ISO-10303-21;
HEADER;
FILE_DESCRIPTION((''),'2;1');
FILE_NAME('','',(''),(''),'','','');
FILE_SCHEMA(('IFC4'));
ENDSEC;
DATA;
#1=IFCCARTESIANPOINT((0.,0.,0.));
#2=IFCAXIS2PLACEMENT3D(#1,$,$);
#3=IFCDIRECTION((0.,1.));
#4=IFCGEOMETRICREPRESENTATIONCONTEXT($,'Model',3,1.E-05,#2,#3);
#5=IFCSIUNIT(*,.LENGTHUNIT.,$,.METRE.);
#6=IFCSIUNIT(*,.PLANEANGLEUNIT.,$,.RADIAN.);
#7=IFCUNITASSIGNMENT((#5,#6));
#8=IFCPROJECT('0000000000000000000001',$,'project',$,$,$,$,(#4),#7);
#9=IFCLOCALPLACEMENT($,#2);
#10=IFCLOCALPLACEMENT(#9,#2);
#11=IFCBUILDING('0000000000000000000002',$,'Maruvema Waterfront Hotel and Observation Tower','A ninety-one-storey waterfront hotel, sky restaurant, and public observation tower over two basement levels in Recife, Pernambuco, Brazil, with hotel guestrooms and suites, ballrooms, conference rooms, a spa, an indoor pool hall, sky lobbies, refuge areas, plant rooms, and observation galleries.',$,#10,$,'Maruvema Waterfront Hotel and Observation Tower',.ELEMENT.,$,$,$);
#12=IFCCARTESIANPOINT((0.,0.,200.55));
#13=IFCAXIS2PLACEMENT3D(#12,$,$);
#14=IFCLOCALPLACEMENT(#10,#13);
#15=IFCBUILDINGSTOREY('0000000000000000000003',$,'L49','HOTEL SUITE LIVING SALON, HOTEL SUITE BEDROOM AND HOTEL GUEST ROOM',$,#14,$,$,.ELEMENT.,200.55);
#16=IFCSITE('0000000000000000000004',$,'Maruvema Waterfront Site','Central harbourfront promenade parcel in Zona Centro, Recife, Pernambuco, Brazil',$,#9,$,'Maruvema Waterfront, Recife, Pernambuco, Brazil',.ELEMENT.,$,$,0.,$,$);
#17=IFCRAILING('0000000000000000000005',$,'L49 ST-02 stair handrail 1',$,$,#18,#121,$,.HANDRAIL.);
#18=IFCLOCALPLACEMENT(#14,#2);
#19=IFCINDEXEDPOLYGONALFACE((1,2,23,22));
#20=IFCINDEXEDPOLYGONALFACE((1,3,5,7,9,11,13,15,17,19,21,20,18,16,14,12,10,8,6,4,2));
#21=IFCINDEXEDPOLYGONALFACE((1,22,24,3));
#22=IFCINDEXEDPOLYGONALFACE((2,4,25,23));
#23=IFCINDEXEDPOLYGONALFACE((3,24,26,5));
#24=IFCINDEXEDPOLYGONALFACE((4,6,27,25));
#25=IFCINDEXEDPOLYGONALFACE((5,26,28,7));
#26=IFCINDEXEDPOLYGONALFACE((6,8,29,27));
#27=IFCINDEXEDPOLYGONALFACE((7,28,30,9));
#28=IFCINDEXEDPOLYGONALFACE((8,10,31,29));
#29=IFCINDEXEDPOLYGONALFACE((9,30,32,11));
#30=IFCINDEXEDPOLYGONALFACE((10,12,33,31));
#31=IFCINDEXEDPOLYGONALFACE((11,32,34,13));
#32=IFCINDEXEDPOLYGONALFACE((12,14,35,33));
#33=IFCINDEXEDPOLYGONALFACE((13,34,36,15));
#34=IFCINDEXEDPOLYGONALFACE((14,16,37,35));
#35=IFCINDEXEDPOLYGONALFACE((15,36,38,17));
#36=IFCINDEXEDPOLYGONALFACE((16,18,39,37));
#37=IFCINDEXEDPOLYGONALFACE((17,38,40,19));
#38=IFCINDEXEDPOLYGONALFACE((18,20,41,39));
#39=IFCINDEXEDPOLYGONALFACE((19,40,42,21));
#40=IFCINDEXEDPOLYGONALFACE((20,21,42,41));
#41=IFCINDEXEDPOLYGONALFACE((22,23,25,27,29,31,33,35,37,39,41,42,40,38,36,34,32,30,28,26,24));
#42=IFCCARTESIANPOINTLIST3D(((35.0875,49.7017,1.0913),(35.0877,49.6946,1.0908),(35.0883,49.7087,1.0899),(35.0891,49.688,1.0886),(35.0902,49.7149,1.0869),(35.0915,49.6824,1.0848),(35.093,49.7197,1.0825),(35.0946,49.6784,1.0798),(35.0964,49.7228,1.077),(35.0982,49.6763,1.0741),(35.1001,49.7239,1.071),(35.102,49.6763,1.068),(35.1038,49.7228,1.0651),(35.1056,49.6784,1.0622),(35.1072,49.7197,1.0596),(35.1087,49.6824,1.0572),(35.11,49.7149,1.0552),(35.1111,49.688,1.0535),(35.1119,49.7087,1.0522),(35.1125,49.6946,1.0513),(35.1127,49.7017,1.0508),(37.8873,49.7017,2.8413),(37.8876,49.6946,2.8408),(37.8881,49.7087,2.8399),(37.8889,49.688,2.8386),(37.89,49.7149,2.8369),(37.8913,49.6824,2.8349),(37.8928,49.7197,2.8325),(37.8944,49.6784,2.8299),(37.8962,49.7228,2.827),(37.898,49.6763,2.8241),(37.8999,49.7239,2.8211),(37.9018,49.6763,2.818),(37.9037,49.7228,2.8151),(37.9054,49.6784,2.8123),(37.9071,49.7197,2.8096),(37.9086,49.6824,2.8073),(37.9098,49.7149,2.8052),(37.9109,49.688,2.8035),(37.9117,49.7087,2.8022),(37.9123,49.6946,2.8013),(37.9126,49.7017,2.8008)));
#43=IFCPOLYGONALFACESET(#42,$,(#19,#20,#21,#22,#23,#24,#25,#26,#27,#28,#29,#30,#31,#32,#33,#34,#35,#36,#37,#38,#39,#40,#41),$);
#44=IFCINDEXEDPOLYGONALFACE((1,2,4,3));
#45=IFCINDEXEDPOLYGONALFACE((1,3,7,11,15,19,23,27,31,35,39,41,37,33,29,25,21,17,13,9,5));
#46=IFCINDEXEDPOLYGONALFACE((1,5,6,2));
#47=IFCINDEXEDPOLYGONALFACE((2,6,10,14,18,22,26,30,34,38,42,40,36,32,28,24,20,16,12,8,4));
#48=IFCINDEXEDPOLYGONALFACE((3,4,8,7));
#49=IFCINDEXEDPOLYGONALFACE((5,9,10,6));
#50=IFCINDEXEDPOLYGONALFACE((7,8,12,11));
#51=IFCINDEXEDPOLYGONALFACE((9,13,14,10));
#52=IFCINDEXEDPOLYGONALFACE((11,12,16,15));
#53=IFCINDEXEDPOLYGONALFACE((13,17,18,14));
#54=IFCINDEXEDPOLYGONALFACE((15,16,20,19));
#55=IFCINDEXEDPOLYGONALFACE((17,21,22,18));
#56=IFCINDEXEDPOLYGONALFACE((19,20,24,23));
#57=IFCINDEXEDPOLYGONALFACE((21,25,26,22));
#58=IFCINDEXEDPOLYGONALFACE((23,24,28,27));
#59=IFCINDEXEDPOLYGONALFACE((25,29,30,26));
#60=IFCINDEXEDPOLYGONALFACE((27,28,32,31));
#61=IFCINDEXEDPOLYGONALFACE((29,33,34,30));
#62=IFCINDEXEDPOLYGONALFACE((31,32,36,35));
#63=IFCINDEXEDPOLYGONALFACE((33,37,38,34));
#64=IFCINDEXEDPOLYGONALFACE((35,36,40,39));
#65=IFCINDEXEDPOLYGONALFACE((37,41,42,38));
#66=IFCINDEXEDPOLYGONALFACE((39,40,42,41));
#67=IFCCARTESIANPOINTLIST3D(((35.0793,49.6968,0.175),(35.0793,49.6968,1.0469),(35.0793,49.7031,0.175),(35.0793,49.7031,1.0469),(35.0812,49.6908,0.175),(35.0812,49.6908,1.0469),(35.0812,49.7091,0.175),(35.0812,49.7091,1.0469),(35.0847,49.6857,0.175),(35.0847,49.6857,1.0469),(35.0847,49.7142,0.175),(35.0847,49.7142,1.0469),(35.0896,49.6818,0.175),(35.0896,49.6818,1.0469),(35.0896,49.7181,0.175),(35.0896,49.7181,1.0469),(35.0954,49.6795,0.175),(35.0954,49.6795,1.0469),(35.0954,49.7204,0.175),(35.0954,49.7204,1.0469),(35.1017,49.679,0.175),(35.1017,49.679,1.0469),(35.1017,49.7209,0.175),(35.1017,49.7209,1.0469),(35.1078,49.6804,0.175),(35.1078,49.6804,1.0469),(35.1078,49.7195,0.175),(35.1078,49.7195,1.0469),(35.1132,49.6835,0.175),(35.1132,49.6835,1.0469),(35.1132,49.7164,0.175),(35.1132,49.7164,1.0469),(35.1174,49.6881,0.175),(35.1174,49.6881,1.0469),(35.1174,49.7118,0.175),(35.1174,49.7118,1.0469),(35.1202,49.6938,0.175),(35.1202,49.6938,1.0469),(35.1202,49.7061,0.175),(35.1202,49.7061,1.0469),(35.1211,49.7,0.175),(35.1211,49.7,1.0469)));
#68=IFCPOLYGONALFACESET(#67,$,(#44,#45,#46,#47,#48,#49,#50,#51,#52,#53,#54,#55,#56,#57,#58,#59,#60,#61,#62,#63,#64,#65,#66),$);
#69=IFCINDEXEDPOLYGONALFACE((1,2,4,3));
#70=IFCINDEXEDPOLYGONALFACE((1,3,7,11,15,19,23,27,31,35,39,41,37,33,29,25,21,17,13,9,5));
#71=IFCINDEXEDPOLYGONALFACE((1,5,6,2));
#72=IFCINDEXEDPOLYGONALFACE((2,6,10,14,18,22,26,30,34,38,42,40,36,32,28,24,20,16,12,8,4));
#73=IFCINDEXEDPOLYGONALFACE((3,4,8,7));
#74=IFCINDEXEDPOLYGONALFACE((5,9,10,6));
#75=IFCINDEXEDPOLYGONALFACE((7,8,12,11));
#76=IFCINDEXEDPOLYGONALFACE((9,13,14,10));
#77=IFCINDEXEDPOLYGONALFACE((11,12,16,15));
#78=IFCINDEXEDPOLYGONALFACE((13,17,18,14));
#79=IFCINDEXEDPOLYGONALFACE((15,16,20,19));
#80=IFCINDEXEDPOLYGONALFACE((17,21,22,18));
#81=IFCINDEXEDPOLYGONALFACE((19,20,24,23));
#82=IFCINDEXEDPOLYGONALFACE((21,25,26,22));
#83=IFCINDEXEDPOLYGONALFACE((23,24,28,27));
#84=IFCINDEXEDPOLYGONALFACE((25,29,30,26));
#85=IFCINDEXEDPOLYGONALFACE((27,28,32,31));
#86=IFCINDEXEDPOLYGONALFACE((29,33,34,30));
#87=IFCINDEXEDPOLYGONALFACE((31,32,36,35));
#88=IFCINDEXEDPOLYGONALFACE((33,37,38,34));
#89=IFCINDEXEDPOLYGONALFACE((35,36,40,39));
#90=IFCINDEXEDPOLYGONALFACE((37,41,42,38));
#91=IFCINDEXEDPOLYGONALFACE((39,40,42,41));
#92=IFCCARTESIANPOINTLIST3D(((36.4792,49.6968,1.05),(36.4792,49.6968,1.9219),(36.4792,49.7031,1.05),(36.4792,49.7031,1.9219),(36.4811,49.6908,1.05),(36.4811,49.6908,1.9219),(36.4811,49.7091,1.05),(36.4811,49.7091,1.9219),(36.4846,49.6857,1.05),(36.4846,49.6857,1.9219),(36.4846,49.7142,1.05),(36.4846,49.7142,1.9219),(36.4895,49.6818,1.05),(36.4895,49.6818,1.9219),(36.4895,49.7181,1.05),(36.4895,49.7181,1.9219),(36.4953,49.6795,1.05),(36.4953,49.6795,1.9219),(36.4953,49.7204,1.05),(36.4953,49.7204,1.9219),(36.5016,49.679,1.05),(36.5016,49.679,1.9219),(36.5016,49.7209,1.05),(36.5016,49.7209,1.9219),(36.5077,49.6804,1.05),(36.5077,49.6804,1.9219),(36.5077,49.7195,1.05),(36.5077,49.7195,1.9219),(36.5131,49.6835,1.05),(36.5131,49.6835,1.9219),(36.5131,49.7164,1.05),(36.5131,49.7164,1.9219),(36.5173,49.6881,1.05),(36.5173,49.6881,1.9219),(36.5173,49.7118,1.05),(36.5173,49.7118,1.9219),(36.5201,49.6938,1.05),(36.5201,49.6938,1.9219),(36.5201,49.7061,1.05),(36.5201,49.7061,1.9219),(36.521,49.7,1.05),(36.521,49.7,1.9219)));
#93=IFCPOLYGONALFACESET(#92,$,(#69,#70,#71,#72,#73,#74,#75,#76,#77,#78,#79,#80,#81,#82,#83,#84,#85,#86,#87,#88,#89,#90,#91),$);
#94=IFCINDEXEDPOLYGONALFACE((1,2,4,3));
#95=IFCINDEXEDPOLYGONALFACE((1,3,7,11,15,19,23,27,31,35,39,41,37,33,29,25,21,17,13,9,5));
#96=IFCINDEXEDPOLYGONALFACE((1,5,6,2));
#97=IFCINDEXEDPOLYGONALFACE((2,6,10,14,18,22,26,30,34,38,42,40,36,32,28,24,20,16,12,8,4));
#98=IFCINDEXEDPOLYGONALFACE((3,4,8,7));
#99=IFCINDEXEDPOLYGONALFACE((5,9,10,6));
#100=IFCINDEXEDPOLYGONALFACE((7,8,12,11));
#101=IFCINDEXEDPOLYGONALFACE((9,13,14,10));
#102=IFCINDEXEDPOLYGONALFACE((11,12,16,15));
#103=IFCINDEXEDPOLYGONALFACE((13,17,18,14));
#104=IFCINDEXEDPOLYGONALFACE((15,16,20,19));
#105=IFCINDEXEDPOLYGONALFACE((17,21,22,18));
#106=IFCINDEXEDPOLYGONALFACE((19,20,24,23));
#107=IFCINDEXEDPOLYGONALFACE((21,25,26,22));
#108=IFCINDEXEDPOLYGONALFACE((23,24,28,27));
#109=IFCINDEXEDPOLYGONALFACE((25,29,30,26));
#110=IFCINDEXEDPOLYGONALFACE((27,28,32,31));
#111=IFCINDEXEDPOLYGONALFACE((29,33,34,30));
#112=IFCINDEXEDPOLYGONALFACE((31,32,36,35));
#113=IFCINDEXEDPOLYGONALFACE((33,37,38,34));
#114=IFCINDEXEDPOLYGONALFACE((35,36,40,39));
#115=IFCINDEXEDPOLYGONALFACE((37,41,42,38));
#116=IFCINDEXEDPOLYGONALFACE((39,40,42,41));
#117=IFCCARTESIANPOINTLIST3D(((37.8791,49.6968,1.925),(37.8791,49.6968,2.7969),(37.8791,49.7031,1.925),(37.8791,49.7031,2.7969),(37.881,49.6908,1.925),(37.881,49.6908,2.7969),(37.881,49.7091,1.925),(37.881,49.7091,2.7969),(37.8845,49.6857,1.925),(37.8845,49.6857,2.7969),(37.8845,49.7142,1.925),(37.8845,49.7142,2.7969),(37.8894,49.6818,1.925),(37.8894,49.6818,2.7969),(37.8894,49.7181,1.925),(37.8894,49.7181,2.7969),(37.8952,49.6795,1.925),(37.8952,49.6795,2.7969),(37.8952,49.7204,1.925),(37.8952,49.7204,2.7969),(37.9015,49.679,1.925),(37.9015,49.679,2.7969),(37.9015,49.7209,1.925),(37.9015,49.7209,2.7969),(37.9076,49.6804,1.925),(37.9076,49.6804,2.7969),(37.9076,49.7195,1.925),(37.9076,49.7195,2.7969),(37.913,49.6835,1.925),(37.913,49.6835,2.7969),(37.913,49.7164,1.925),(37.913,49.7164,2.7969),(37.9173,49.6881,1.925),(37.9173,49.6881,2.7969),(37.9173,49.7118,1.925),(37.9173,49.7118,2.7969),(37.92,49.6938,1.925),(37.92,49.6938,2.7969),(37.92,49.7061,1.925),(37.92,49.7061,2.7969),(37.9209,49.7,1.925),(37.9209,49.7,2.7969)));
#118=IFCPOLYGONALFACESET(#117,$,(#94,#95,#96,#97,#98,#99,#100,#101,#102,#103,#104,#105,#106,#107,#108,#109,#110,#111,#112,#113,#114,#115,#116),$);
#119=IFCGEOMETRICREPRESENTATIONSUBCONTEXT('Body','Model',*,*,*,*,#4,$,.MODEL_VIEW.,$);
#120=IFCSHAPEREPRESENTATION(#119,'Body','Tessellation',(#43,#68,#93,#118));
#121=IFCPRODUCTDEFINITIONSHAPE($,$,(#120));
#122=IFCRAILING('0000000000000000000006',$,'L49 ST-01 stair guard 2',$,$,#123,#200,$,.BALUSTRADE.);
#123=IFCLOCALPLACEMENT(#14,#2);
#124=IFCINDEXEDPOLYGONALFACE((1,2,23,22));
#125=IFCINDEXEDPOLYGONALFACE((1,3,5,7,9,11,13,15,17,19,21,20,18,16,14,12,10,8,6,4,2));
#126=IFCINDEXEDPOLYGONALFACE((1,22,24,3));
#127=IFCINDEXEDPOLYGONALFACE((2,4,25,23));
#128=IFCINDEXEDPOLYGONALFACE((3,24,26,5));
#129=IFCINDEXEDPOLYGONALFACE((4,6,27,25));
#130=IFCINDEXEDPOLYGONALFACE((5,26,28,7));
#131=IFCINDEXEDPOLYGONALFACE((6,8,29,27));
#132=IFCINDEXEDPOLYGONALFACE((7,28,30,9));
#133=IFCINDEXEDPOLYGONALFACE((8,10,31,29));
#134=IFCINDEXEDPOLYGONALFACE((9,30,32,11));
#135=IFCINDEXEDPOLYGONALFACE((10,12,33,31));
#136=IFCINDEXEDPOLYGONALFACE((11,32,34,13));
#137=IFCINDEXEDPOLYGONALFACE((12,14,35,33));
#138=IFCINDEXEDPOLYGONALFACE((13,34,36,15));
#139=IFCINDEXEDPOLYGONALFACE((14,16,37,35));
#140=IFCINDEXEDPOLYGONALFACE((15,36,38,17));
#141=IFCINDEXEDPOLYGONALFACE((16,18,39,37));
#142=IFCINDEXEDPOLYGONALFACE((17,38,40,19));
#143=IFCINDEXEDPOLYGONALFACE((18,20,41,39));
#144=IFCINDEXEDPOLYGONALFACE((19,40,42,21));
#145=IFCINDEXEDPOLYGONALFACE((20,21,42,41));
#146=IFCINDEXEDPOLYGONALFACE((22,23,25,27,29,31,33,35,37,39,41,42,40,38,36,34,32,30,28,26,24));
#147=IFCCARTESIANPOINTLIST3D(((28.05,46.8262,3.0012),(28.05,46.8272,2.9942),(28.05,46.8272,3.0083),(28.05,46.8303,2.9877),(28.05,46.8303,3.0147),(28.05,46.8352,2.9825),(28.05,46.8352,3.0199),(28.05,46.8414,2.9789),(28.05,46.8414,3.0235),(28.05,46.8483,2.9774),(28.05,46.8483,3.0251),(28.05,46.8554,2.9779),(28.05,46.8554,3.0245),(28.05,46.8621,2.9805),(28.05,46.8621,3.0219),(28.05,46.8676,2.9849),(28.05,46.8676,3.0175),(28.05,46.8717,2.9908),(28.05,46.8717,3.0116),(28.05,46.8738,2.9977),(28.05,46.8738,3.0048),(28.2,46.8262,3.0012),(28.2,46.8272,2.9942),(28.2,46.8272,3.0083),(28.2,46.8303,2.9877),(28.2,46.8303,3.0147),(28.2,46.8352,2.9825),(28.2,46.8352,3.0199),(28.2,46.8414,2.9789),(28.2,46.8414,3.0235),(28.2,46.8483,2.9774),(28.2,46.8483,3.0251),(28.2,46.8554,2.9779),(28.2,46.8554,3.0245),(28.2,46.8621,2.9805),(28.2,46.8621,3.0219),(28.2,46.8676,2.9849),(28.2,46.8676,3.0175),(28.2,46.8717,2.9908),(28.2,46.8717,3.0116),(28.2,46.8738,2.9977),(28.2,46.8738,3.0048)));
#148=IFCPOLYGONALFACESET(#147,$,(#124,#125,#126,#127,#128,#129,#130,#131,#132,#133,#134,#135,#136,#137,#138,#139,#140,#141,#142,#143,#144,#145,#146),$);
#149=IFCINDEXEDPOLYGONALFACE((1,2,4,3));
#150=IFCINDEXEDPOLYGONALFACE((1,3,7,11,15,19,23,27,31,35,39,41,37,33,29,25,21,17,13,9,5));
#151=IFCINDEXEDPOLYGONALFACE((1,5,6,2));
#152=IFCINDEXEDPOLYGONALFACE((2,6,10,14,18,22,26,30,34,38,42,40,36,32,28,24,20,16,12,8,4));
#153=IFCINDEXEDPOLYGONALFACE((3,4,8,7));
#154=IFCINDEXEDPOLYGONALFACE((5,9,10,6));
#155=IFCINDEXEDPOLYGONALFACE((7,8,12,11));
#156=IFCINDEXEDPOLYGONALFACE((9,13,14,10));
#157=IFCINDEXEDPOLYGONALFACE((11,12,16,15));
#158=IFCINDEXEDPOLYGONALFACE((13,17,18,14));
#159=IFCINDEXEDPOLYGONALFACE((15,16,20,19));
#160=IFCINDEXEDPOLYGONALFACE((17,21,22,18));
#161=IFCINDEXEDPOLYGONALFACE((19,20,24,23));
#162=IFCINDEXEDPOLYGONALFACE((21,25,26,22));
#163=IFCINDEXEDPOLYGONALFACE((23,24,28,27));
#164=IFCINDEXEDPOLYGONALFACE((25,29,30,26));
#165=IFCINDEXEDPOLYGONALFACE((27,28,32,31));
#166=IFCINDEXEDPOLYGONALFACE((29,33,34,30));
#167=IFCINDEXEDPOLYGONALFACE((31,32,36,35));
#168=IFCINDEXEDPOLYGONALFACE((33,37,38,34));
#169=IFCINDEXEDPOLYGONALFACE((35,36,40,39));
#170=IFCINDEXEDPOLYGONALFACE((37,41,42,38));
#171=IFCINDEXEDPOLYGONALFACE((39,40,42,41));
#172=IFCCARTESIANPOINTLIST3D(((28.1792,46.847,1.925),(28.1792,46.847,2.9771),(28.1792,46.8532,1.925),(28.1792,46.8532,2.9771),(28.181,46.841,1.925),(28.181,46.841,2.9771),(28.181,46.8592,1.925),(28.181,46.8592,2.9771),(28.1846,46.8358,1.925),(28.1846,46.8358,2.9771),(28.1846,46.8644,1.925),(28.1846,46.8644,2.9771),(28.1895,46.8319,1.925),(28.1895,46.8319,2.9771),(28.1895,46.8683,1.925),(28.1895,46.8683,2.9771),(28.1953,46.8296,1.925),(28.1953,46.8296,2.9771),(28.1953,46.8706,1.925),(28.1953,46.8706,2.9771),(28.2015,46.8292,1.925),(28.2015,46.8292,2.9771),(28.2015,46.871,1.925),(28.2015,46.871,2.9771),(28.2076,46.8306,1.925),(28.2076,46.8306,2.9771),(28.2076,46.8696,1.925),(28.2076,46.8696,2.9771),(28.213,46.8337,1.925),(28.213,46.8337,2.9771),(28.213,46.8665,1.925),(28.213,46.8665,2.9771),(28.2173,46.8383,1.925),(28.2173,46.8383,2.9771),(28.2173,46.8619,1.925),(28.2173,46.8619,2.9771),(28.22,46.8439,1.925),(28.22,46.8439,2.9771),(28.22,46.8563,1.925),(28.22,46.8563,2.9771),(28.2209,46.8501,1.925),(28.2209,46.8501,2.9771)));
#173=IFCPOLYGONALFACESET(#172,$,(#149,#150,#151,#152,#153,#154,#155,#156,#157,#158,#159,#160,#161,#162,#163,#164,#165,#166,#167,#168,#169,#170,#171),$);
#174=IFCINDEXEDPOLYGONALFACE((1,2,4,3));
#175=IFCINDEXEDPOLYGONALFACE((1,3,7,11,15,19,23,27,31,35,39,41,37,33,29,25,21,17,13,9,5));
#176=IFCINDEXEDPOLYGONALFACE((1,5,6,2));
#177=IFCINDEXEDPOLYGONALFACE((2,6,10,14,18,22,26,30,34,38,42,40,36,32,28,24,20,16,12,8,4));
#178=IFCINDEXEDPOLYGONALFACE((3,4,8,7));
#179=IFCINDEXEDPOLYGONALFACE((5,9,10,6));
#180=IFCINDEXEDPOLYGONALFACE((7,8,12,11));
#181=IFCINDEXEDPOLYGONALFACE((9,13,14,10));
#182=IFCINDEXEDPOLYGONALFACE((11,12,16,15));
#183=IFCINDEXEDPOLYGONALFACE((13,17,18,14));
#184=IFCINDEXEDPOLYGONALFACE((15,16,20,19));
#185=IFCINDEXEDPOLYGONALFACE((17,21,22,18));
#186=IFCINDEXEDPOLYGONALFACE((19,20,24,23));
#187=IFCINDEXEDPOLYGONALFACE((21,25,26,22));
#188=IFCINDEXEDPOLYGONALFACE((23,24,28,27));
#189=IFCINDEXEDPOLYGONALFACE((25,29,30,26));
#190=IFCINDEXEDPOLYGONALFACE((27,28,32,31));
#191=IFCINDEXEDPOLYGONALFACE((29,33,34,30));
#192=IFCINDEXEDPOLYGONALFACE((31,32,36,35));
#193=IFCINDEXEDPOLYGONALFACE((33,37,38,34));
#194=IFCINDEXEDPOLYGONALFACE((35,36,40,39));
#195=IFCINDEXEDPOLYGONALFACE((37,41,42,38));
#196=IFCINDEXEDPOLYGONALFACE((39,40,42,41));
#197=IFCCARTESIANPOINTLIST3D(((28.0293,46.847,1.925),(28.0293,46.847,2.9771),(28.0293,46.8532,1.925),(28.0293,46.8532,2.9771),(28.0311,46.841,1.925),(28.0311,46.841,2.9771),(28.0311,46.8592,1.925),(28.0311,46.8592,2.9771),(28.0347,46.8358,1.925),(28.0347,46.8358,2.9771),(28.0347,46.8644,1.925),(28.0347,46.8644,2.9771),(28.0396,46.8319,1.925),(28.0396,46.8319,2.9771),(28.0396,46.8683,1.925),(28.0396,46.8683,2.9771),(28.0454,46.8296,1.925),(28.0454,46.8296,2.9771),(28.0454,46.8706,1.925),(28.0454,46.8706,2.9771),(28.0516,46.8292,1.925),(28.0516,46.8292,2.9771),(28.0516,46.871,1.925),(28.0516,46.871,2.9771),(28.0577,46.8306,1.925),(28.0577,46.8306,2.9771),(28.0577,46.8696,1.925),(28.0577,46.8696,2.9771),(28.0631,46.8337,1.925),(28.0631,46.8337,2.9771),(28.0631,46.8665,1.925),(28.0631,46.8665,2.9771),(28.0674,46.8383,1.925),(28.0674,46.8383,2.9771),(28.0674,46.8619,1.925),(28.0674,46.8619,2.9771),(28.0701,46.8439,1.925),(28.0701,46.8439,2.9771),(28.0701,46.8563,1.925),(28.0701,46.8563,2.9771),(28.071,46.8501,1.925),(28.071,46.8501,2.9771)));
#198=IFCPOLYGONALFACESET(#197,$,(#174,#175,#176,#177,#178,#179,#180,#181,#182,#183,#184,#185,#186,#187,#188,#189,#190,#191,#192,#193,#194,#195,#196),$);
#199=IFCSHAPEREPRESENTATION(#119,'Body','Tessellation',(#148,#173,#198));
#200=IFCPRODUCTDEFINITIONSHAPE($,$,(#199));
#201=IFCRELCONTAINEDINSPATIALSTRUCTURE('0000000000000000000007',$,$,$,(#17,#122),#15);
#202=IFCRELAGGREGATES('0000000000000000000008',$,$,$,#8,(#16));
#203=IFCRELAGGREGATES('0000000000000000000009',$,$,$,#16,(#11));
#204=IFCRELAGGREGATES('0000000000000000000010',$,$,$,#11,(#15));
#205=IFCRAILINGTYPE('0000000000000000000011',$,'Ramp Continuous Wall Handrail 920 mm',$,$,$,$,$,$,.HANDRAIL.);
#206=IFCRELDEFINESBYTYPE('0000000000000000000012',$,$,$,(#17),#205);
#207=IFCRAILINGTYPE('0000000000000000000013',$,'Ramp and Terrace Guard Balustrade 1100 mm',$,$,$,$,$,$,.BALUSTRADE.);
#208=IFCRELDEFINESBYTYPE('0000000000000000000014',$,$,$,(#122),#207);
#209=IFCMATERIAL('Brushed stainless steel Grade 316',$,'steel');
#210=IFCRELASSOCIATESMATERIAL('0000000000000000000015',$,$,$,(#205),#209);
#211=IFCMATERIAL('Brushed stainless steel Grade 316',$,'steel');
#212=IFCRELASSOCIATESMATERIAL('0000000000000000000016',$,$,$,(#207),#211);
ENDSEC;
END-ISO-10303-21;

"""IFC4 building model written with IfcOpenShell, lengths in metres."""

from ifc_helpers import new_model, si_unit, direction, frame, origin, origin_2d, place, context, subcontext, project, spatial, circle, extrude, material, type_object, element, save


model = new_model("IFC4")

# Units and contexts
model_context = context("Model", 3, precision=1e-05, world=origin(), true_north=direction((0.0, 1.0)))
body_context = subcontext(model_context, "Body", "Model", "MODEL_VIEW")
ifc_project = project(units=[si_unit("LENGTHUNIT", "METRE"), si_unit("PLANEANGLEUNIT", "RADIAN")], contexts=[model_context])

# Site, building, storey
site_placement = place(None, origin())
site = spatial("IfcSite", under=ifc_project, at=site_placement, Name="Maruvema Waterfront Site", Description="Central harbourfront promenade parcel in Zona Centro, Recife, Pernambuco, Brazil", LongName="Maruvema Waterfront, Recife, Pernambuco, Brazil", CompositionType="ELEMENT", RefElevation=0.0)
building_placement = place(site_placement, origin())
building = spatial("IfcBuilding", under=site, at=building_placement, Name="Maruvema Waterfront Hotel and Observation Tower", Description="A ninety-one-storey waterfront hotel, sky restaurant, and public observation tower over two basement levels in Recife, Pernambuco, Brazil, with hotel guestrooms and suites, ballrooms, conference rooms, a spa, an indoor pool hall, sky lobbies, refuge areas, plant rooms, and observation galleries.", LongName="Maruvema Waterfront Hotel and Observation Tower", CompositionType="ELEMENT")
storey_placement = place(building_placement, frame((0.0, 0.0, 200.55)))
storey = spatial("IfcBuildingStorey", under=building, at=storey_placement, Name="L49", Description="HOTEL SUITE LIVING SALON, HOTEL SUITE BEDROOM AND HOTEL GUEST ROOM", CompositionType="ELEMENT", Elevation=200.55)

# Railings
ifc_material_1 = material(Name="Brushed stainless steel Grade 316", Category="steel")
railing_type_1 = type_object("IfcRailingType", Name="Ramp Continuous Wall Handrail 920 mm", PredefinedType="HANDRAIL", material=ifc_material_1)
railing_1_placement = place(storey_placement, frame((35.1001, 49.7, 0.175)))
element("IfcRailing", 1, at=railing_1_placement, inside=storey, type_object=railing_type_1, Name="L49 ST-02 stair handrail 1", PredefinedType="HANDRAIL", context=body_context, shape_type="SweptSolid", body=[
    extrude(circle(Radius=0.0239, at=origin_2d()), frame((0.0, 0.0, 0.896), z_axis=(0.847982, 0.0, 0.530026), x_axis=(0.0, 1.0, 0.0)), (0.0, 0.0, 1.0), 3.3018),
    extrude(circle(Radius=0.021, at=origin_2d()), origin(), (0.0, 0.0, 1.0), 0.8718),
    extrude(circle(Radius=0.021, at=origin_2d()), frame((1.3999, 0.0, 0.875)), (0.0, 0.0, 1.0), 0.8718),
    extrude(circle(Radius=0.021, at=origin_2d()), frame((2.7998, 0.0, 1.75)), (0.0, 0.0, 1.0), 0.8718),
])
ifc_material_2 = material(Name="Brushed stainless steel Grade 316", Category="steel")
railing_type_2 = type_object("IfcRailingType", Name="Ramp and Terrace Guard Balustrade 1100 mm", PredefinedType="BALUSTRADE", material=ifc_material_2)
railing_2_placement = place(storey_placement, frame((28.2, 46.8501, 1.925)))
element("IfcRailing", 2, at=railing_2_placement, inside=storey, type_object=railing_type_2, Name="L49 ST-01 stair guard 2", PredefinedType="BALUSTRADE", context=body_context, shape_type="SweptSolid", body=[
    extrude(circle(Radius=0.0239, at=origin_2d()), frame((0.0, 0.0, 1.0762), z_axis=(-1.0, 0.0, 0.0), x_axis=(0.0, -1.0, 0.0)), (0.0, 0.0, 1.0), 0.1499),
    extrude(circle(Radius=0.021, at=origin_2d()), origin(), (0.0, 0.0, 1.0), 1.052),
    extrude(circle(Radius=0.021, at=origin_2d()), frame((-0.1499, 0.0, 0.0)), (0.0, 0.0, 1.0), 1.052),
])

save(model, "model.ifc")
